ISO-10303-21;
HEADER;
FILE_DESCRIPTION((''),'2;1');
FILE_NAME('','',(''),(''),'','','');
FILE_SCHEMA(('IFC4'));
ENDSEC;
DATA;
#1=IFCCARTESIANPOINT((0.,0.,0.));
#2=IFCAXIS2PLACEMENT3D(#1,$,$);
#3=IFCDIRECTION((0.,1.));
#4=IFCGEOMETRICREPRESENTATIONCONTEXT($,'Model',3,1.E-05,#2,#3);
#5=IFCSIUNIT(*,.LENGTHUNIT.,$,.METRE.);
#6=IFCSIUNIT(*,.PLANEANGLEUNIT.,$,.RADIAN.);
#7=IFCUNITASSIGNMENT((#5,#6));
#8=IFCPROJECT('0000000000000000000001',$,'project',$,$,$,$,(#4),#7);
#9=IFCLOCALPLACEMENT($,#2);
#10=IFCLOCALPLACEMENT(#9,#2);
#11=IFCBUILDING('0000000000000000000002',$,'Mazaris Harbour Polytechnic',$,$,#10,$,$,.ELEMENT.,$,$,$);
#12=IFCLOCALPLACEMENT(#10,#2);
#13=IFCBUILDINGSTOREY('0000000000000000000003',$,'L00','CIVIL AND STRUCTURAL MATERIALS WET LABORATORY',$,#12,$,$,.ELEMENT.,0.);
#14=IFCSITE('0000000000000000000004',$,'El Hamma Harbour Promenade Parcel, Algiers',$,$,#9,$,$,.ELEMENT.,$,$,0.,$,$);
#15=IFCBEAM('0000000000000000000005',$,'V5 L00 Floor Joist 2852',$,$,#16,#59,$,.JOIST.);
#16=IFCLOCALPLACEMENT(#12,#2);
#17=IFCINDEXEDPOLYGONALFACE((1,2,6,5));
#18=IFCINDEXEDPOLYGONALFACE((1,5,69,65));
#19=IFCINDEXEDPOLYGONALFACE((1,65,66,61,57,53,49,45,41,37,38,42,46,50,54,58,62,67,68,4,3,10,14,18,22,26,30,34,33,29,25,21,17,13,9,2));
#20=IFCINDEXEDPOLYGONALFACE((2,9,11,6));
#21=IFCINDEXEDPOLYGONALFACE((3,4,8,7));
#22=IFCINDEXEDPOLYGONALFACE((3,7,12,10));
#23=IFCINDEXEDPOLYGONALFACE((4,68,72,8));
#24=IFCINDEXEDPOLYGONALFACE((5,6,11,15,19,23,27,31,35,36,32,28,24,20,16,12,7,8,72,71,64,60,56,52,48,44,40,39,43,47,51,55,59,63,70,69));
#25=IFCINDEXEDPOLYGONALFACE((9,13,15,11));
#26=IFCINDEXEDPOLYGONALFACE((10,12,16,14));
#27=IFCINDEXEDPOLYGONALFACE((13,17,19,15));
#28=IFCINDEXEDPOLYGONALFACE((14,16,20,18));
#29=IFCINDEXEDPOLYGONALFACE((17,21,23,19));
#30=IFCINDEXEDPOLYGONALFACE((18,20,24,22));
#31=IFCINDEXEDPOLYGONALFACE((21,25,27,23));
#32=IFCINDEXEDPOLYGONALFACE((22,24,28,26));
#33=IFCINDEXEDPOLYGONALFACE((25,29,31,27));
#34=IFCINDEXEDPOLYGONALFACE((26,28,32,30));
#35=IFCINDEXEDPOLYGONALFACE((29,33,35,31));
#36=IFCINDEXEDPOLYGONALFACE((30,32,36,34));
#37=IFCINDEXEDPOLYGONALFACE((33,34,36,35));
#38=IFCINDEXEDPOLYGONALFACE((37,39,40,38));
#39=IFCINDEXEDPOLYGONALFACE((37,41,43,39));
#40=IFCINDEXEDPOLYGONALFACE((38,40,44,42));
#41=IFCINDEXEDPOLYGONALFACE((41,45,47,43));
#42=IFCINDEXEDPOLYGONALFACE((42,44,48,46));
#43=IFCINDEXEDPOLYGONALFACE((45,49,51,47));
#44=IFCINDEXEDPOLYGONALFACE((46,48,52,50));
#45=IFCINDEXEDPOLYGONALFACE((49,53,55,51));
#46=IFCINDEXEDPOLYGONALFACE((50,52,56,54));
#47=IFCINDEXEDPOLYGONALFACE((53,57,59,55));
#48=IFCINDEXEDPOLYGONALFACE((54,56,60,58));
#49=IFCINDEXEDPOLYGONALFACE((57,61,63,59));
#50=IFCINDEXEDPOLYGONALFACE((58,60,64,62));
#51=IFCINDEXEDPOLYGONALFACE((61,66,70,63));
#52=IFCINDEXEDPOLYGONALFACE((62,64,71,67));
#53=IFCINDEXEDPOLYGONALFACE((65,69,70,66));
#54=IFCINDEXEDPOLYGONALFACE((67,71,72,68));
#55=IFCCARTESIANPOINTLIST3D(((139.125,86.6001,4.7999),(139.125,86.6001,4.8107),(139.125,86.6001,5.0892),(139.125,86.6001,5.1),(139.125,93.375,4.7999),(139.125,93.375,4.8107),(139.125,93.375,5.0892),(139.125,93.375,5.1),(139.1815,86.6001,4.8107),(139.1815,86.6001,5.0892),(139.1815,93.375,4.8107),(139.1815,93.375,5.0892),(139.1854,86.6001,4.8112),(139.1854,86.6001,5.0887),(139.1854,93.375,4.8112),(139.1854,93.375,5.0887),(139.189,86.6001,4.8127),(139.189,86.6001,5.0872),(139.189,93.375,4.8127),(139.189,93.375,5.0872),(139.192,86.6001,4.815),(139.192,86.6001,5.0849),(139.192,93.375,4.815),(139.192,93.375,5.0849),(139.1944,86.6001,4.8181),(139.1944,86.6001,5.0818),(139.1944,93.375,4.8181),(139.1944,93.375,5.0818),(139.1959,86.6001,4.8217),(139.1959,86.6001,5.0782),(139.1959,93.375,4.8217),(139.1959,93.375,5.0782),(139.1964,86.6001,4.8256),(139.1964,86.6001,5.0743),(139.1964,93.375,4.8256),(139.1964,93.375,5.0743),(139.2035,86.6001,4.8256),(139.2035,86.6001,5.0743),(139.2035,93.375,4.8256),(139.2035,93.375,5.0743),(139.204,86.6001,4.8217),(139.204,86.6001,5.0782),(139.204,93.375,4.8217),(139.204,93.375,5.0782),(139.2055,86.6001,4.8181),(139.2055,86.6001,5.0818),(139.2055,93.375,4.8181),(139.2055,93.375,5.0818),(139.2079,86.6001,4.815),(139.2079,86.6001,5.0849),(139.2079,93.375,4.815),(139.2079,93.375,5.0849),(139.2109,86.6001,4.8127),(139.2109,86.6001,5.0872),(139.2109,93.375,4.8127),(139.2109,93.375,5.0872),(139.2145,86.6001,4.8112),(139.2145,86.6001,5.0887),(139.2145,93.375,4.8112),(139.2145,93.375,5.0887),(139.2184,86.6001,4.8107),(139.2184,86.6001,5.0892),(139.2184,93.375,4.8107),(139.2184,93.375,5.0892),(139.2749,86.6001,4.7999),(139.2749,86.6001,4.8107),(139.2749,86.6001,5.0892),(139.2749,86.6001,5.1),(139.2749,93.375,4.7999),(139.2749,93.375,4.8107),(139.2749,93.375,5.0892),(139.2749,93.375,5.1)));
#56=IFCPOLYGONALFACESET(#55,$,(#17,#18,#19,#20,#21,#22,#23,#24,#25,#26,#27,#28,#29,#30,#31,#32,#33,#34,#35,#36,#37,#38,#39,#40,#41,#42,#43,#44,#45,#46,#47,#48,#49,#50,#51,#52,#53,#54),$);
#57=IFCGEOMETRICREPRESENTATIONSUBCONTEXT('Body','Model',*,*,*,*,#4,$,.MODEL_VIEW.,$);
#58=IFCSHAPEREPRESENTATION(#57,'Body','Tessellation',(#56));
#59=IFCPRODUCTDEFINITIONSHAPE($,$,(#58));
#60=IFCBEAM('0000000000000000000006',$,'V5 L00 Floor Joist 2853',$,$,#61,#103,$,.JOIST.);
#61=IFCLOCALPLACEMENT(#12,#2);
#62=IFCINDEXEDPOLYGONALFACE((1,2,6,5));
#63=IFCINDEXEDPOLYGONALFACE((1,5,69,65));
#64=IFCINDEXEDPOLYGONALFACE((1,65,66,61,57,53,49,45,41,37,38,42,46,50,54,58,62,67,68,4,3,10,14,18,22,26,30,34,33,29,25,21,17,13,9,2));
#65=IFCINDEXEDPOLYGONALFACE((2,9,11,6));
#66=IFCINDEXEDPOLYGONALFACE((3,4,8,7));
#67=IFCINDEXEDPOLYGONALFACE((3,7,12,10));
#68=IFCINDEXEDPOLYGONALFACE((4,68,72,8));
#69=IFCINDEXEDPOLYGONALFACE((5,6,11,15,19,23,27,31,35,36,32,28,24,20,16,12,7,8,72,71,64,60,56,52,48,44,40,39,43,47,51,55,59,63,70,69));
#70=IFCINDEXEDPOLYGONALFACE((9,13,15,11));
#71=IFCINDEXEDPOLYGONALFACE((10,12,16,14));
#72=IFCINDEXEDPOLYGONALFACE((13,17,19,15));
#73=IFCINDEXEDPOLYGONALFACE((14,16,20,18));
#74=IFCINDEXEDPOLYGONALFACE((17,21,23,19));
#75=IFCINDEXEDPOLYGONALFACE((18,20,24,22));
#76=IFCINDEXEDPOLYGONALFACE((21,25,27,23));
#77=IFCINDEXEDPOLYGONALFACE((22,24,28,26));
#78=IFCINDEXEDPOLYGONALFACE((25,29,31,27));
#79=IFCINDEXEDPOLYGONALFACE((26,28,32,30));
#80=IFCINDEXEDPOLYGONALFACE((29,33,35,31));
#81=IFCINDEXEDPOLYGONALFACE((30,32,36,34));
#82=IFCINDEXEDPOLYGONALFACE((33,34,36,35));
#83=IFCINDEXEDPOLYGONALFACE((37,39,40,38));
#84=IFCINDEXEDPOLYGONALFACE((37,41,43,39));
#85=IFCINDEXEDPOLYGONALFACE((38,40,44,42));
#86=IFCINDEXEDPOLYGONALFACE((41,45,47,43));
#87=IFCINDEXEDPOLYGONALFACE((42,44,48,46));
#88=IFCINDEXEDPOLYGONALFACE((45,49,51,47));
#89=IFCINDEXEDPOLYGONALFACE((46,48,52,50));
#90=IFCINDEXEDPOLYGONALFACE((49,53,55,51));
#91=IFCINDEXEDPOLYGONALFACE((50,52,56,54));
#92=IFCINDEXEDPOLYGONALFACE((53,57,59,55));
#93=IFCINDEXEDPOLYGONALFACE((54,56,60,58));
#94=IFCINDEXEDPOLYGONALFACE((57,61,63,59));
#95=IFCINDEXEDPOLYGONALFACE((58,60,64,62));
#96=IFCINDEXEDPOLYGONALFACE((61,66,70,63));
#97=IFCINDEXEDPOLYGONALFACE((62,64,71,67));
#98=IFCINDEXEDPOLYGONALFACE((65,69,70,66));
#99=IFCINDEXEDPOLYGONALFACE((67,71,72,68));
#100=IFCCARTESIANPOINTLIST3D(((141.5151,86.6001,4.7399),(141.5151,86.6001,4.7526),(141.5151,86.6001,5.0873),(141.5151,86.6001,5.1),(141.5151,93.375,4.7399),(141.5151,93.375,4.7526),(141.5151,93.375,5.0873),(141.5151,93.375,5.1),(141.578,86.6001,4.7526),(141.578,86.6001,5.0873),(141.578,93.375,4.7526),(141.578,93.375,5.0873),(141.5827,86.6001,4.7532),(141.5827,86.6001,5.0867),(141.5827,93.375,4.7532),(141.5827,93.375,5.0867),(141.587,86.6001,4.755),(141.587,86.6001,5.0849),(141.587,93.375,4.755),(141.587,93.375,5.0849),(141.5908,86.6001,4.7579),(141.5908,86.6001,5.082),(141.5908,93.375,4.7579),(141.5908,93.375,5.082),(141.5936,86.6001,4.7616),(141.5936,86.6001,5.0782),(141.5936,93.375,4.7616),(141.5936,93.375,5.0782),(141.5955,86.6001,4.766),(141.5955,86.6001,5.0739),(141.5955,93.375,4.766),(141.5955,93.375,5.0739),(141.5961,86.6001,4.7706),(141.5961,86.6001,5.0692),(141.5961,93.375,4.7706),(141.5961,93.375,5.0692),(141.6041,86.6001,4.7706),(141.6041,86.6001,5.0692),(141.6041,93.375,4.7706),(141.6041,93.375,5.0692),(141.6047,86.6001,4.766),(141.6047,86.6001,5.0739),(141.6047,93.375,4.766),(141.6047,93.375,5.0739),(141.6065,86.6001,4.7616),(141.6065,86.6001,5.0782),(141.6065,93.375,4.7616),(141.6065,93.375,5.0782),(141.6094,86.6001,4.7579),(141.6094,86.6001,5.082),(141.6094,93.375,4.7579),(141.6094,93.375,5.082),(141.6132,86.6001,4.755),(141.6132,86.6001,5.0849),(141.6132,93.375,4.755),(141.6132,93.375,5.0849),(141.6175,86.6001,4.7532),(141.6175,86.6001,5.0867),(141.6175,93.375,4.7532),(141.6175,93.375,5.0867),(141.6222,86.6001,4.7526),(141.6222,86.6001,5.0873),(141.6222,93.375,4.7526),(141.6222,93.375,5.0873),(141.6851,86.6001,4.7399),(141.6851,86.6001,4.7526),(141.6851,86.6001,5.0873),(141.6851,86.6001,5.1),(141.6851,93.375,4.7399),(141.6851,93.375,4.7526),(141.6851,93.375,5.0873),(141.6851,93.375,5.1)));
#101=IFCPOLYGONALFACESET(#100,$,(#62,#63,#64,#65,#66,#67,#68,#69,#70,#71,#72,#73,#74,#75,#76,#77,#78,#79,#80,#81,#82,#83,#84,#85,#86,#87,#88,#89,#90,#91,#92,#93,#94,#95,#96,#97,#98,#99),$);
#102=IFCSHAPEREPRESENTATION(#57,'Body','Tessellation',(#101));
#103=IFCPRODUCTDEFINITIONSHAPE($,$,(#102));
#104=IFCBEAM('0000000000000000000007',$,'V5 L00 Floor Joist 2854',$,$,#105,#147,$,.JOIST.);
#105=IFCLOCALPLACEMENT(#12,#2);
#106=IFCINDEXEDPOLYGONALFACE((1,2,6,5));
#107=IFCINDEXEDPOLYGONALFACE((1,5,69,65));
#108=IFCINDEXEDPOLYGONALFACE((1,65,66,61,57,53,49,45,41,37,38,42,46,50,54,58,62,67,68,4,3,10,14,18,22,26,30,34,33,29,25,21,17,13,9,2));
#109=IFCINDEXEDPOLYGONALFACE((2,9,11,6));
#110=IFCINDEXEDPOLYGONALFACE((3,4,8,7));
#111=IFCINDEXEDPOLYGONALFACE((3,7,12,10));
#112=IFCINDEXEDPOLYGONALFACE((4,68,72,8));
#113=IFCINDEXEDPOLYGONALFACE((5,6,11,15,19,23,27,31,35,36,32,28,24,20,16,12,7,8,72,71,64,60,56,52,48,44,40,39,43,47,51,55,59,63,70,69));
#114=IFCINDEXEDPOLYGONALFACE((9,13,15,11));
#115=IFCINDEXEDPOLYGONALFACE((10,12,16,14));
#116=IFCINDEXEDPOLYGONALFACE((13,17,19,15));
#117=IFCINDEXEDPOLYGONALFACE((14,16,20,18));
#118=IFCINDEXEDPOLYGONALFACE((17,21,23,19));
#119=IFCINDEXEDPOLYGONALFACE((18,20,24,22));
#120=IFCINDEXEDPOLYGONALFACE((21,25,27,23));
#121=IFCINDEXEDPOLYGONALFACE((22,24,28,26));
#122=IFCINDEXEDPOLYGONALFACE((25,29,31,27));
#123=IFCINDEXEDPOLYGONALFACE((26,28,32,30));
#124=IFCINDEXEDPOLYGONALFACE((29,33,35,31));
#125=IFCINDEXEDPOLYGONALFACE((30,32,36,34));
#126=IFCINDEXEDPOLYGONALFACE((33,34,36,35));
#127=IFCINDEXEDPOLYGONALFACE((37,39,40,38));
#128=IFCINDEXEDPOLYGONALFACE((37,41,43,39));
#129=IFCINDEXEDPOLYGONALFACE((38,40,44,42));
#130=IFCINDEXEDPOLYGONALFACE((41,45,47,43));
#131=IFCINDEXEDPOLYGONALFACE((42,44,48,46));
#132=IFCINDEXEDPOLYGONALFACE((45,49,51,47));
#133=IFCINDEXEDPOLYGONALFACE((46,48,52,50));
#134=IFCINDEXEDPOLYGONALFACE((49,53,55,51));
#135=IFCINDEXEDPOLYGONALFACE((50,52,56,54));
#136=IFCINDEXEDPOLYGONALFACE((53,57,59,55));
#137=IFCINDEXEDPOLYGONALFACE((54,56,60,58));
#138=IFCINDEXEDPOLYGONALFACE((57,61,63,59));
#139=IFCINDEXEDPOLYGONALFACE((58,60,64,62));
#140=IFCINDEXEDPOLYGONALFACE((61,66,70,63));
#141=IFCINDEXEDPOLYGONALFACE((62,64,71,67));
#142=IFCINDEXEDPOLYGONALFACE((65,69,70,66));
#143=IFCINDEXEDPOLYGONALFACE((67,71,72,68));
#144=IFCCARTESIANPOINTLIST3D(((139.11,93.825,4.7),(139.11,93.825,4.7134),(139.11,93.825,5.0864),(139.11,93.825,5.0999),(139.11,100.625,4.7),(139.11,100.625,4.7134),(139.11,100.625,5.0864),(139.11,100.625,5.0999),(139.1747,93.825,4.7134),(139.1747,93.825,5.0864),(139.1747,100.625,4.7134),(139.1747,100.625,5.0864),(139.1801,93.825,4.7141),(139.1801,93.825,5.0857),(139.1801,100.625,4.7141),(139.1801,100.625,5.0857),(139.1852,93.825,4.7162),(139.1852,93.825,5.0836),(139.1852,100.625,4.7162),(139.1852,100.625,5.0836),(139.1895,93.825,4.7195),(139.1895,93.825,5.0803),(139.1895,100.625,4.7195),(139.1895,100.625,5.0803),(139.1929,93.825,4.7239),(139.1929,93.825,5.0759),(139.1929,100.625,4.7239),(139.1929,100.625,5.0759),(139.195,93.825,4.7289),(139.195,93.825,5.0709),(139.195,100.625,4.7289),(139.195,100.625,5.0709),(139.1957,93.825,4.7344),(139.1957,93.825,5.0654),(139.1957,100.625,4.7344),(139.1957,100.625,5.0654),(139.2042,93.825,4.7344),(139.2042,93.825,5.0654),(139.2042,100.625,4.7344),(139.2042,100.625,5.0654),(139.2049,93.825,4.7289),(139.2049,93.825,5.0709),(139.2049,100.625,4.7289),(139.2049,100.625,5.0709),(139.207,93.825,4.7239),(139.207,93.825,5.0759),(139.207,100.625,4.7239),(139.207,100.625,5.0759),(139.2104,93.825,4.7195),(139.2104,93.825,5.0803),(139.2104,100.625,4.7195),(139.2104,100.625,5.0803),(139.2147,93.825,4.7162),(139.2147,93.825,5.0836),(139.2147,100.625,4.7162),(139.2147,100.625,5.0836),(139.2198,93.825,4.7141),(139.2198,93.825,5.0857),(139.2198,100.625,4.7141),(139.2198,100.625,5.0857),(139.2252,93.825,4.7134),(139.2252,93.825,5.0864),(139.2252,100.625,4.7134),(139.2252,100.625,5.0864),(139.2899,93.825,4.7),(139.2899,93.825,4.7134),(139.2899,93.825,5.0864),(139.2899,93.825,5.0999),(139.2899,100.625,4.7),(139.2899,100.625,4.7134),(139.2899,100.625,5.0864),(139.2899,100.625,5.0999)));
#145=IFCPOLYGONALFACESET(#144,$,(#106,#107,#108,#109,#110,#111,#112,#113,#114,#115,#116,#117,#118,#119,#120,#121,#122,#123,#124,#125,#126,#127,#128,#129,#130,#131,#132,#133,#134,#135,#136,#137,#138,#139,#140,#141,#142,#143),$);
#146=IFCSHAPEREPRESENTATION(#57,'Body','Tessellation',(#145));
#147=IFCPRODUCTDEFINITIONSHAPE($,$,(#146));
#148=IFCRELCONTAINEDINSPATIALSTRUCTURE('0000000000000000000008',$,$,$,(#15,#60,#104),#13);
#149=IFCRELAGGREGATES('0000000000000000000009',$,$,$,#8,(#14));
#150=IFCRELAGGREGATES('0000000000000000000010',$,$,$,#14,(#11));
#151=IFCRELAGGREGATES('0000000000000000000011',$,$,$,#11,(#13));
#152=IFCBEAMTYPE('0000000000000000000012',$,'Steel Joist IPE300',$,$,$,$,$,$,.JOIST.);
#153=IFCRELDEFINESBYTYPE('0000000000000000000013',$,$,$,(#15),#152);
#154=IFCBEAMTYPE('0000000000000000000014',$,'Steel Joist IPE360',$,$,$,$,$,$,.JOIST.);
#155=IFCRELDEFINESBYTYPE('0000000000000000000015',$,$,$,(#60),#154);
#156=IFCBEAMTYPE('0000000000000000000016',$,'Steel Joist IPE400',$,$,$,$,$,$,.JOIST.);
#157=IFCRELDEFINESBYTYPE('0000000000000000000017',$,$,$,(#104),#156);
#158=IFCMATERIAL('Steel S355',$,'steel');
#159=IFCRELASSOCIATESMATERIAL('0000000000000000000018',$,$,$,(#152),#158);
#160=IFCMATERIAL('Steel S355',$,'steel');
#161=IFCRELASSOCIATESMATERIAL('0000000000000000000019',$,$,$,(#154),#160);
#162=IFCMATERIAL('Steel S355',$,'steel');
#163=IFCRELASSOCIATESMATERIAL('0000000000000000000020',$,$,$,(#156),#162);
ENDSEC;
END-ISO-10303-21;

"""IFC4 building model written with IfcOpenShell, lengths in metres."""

from ifc_helpers import new_model, si_unit, direction, frame, origin, origin_2d, place, context, subcontext, project, spatial, i_section, extrude, material, material_profile, profile_set, type_object, element, save


model = new_model("IFC4")

# Units and contexts
model_context = context("Model", 3, precision=1e-05, world=origin(), true_north=direction((0.0, 1.0)))
body_context = subcontext(model_context, "Body", "Model", "MODEL_VIEW")
ifc_project = project(units=[si_unit("LENGTHUNIT", "METRE"), si_unit("PLANEANGLEUNIT", "RADIAN")], contexts=[model_context])

# Site, building, storey
site_placement = place(None, origin())
site = spatial("IfcSite", under=ifc_project, at=site_placement, Name="El Hamma Harbour Promenade Parcel, Algiers", CompositionType="ELEMENT", RefElevation=0.0)
building_placement = place(site_placement, origin())
building = spatial("IfcBuilding", under=site, at=building_placement, Name="Mazaris Harbour Polytechnic", CompositionType="ELEMENT")
storey_placement = place(building_placement, origin())
storey = spatial("IfcBuildingStorey", under=building, at=storey_placement, Name="L00", Description="CIVIL AND STRUCTURAL MATERIALS WET LABORATORY", CompositionType="ELEMENT", Elevation=0.0)

# Beams
ifc_material_1 = material(Name="Steel S355", Category="steel")
ifc_material_profile_1 = material_profile(ifc_material_1, i_section(OverallWidth=0.1499, OverallDepth=0.3, WebThickness=0.0071, FlangeThickness=0.0107, FilletRadius=0.0149, at=origin_2d()), Name="IPE 300")
ifc_profile_set_1 = profile_set([ifc_material_profile_1], Name="Steel S355")
beam_type_1 = type_object("IfcBeamType", Name="Steel Joist IPE300", PredefinedType="JOIST", material=ifc_profile_set_1)
beam_1_placement = place(storey_placement, frame((139.2, 86.6001, 4.95), z_axis=(0.0, 1.0, 0.0), x_axis=(-1.0, 0.0, 0.0)))
element("IfcBeam", 1, at=beam_1_placement, inside=storey, type_object=beam_type_1, Name="V5 L00 Floor Joist 2852", PredefinedType="JOIST", context=body_context, shape_type="SweptSolid", body=[
    extrude(i_section(OverallWidth=0.1499, OverallDepth=0.3, WebThickness=0.0071, FlangeThickness=0.0107, FilletRadius=0.0149, at=origin_2d()), origin(), (0.0, 0.0, 1.0), 6.7749),
])
ifc_material_2 = material(Name="Steel S355", Category="steel")
ifc_material_profile_2 = material_profile(ifc_material_2, i_section(OverallWidth=0.1699, OverallDepth=0.3601, WebThickness=0.0081, FlangeThickness=0.0127, FilletRadius=0.0181, at=origin_2d()), Name="IPE 360")
ifc_profile_set_2 = profile_set([ifc_material_profile_2], Name="Steel S355")
beam_type_2 = type_object("IfcBeamType", Name="Steel Joist IPE360", PredefinedType="JOIST", material=ifc_profile_set_2)
beam_2_placement = place(storey_placement, frame((141.6001, 86.6001, 4.9199), z_axis=(0.0, 1.0, 0.0), x_axis=(-1.0, 0.0, 0.0)))
element("IfcBeam", 2, at=beam_2_placement, inside=storey, type_object=beam_type_2, Name="V5 L00 Floor Joist 2853", PredefinedType="JOIST", context=body_context, shape_type="SweptSolid", body=[
    extrude(i_section(OverallWidth=0.1699, OverallDepth=0.3601, WebThickness=0.0081, FlangeThickness=0.0127, FilletRadius=0.0181, at=origin_2d()), origin(), (0.0, 0.0, 1.0), 6.7749),
])
ifc_material_3 = material(Name="Steel S355", Category="steel")
ifc_material_profile_3 = material_profile(ifc_material_3, i_section(OverallWidth=0.1799, OverallDepth=0.3999, WebThickness=0.0085, FlangeThickness=0.0134, FilletRadius=0.021, at=origin_2d()), Name="IPE 400")
ifc_profile_set_3 = profile_set([ifc_material_profile_3], Name="Steel S355")
beam_type_3 = type_object("IfcBeamType", Name="Steel Joist IPE400", PredefinedType="JOIST", material=ifc_profile_set_3)
beam_3_placement = place(storey_placement, frame((139.2, 93.825, 4.8999), z_axis=(0.0, 1.0, 0.0), x_axis=(-1.0, 0.0, 0.0)))
element("IfcBeam", 3, at=beam_3_placement, inside=storey, type_object=beam_type_3, Name="V5 L00 Floor Joist 2854", PredefinedType="JOIST", context=body_context, shape_type="SweptSolid", body=[
    extrude(i_section(OverallWidth=0.1799, OverallDepth=0.3999, WebThickness=0.0085, FlangeThickness=0.0134, FilletRadius=0.021, at=origin_2d()), origin(), (0.0, 0.0, 1.0), 6.8),
])

save(model, "model.ifc")
